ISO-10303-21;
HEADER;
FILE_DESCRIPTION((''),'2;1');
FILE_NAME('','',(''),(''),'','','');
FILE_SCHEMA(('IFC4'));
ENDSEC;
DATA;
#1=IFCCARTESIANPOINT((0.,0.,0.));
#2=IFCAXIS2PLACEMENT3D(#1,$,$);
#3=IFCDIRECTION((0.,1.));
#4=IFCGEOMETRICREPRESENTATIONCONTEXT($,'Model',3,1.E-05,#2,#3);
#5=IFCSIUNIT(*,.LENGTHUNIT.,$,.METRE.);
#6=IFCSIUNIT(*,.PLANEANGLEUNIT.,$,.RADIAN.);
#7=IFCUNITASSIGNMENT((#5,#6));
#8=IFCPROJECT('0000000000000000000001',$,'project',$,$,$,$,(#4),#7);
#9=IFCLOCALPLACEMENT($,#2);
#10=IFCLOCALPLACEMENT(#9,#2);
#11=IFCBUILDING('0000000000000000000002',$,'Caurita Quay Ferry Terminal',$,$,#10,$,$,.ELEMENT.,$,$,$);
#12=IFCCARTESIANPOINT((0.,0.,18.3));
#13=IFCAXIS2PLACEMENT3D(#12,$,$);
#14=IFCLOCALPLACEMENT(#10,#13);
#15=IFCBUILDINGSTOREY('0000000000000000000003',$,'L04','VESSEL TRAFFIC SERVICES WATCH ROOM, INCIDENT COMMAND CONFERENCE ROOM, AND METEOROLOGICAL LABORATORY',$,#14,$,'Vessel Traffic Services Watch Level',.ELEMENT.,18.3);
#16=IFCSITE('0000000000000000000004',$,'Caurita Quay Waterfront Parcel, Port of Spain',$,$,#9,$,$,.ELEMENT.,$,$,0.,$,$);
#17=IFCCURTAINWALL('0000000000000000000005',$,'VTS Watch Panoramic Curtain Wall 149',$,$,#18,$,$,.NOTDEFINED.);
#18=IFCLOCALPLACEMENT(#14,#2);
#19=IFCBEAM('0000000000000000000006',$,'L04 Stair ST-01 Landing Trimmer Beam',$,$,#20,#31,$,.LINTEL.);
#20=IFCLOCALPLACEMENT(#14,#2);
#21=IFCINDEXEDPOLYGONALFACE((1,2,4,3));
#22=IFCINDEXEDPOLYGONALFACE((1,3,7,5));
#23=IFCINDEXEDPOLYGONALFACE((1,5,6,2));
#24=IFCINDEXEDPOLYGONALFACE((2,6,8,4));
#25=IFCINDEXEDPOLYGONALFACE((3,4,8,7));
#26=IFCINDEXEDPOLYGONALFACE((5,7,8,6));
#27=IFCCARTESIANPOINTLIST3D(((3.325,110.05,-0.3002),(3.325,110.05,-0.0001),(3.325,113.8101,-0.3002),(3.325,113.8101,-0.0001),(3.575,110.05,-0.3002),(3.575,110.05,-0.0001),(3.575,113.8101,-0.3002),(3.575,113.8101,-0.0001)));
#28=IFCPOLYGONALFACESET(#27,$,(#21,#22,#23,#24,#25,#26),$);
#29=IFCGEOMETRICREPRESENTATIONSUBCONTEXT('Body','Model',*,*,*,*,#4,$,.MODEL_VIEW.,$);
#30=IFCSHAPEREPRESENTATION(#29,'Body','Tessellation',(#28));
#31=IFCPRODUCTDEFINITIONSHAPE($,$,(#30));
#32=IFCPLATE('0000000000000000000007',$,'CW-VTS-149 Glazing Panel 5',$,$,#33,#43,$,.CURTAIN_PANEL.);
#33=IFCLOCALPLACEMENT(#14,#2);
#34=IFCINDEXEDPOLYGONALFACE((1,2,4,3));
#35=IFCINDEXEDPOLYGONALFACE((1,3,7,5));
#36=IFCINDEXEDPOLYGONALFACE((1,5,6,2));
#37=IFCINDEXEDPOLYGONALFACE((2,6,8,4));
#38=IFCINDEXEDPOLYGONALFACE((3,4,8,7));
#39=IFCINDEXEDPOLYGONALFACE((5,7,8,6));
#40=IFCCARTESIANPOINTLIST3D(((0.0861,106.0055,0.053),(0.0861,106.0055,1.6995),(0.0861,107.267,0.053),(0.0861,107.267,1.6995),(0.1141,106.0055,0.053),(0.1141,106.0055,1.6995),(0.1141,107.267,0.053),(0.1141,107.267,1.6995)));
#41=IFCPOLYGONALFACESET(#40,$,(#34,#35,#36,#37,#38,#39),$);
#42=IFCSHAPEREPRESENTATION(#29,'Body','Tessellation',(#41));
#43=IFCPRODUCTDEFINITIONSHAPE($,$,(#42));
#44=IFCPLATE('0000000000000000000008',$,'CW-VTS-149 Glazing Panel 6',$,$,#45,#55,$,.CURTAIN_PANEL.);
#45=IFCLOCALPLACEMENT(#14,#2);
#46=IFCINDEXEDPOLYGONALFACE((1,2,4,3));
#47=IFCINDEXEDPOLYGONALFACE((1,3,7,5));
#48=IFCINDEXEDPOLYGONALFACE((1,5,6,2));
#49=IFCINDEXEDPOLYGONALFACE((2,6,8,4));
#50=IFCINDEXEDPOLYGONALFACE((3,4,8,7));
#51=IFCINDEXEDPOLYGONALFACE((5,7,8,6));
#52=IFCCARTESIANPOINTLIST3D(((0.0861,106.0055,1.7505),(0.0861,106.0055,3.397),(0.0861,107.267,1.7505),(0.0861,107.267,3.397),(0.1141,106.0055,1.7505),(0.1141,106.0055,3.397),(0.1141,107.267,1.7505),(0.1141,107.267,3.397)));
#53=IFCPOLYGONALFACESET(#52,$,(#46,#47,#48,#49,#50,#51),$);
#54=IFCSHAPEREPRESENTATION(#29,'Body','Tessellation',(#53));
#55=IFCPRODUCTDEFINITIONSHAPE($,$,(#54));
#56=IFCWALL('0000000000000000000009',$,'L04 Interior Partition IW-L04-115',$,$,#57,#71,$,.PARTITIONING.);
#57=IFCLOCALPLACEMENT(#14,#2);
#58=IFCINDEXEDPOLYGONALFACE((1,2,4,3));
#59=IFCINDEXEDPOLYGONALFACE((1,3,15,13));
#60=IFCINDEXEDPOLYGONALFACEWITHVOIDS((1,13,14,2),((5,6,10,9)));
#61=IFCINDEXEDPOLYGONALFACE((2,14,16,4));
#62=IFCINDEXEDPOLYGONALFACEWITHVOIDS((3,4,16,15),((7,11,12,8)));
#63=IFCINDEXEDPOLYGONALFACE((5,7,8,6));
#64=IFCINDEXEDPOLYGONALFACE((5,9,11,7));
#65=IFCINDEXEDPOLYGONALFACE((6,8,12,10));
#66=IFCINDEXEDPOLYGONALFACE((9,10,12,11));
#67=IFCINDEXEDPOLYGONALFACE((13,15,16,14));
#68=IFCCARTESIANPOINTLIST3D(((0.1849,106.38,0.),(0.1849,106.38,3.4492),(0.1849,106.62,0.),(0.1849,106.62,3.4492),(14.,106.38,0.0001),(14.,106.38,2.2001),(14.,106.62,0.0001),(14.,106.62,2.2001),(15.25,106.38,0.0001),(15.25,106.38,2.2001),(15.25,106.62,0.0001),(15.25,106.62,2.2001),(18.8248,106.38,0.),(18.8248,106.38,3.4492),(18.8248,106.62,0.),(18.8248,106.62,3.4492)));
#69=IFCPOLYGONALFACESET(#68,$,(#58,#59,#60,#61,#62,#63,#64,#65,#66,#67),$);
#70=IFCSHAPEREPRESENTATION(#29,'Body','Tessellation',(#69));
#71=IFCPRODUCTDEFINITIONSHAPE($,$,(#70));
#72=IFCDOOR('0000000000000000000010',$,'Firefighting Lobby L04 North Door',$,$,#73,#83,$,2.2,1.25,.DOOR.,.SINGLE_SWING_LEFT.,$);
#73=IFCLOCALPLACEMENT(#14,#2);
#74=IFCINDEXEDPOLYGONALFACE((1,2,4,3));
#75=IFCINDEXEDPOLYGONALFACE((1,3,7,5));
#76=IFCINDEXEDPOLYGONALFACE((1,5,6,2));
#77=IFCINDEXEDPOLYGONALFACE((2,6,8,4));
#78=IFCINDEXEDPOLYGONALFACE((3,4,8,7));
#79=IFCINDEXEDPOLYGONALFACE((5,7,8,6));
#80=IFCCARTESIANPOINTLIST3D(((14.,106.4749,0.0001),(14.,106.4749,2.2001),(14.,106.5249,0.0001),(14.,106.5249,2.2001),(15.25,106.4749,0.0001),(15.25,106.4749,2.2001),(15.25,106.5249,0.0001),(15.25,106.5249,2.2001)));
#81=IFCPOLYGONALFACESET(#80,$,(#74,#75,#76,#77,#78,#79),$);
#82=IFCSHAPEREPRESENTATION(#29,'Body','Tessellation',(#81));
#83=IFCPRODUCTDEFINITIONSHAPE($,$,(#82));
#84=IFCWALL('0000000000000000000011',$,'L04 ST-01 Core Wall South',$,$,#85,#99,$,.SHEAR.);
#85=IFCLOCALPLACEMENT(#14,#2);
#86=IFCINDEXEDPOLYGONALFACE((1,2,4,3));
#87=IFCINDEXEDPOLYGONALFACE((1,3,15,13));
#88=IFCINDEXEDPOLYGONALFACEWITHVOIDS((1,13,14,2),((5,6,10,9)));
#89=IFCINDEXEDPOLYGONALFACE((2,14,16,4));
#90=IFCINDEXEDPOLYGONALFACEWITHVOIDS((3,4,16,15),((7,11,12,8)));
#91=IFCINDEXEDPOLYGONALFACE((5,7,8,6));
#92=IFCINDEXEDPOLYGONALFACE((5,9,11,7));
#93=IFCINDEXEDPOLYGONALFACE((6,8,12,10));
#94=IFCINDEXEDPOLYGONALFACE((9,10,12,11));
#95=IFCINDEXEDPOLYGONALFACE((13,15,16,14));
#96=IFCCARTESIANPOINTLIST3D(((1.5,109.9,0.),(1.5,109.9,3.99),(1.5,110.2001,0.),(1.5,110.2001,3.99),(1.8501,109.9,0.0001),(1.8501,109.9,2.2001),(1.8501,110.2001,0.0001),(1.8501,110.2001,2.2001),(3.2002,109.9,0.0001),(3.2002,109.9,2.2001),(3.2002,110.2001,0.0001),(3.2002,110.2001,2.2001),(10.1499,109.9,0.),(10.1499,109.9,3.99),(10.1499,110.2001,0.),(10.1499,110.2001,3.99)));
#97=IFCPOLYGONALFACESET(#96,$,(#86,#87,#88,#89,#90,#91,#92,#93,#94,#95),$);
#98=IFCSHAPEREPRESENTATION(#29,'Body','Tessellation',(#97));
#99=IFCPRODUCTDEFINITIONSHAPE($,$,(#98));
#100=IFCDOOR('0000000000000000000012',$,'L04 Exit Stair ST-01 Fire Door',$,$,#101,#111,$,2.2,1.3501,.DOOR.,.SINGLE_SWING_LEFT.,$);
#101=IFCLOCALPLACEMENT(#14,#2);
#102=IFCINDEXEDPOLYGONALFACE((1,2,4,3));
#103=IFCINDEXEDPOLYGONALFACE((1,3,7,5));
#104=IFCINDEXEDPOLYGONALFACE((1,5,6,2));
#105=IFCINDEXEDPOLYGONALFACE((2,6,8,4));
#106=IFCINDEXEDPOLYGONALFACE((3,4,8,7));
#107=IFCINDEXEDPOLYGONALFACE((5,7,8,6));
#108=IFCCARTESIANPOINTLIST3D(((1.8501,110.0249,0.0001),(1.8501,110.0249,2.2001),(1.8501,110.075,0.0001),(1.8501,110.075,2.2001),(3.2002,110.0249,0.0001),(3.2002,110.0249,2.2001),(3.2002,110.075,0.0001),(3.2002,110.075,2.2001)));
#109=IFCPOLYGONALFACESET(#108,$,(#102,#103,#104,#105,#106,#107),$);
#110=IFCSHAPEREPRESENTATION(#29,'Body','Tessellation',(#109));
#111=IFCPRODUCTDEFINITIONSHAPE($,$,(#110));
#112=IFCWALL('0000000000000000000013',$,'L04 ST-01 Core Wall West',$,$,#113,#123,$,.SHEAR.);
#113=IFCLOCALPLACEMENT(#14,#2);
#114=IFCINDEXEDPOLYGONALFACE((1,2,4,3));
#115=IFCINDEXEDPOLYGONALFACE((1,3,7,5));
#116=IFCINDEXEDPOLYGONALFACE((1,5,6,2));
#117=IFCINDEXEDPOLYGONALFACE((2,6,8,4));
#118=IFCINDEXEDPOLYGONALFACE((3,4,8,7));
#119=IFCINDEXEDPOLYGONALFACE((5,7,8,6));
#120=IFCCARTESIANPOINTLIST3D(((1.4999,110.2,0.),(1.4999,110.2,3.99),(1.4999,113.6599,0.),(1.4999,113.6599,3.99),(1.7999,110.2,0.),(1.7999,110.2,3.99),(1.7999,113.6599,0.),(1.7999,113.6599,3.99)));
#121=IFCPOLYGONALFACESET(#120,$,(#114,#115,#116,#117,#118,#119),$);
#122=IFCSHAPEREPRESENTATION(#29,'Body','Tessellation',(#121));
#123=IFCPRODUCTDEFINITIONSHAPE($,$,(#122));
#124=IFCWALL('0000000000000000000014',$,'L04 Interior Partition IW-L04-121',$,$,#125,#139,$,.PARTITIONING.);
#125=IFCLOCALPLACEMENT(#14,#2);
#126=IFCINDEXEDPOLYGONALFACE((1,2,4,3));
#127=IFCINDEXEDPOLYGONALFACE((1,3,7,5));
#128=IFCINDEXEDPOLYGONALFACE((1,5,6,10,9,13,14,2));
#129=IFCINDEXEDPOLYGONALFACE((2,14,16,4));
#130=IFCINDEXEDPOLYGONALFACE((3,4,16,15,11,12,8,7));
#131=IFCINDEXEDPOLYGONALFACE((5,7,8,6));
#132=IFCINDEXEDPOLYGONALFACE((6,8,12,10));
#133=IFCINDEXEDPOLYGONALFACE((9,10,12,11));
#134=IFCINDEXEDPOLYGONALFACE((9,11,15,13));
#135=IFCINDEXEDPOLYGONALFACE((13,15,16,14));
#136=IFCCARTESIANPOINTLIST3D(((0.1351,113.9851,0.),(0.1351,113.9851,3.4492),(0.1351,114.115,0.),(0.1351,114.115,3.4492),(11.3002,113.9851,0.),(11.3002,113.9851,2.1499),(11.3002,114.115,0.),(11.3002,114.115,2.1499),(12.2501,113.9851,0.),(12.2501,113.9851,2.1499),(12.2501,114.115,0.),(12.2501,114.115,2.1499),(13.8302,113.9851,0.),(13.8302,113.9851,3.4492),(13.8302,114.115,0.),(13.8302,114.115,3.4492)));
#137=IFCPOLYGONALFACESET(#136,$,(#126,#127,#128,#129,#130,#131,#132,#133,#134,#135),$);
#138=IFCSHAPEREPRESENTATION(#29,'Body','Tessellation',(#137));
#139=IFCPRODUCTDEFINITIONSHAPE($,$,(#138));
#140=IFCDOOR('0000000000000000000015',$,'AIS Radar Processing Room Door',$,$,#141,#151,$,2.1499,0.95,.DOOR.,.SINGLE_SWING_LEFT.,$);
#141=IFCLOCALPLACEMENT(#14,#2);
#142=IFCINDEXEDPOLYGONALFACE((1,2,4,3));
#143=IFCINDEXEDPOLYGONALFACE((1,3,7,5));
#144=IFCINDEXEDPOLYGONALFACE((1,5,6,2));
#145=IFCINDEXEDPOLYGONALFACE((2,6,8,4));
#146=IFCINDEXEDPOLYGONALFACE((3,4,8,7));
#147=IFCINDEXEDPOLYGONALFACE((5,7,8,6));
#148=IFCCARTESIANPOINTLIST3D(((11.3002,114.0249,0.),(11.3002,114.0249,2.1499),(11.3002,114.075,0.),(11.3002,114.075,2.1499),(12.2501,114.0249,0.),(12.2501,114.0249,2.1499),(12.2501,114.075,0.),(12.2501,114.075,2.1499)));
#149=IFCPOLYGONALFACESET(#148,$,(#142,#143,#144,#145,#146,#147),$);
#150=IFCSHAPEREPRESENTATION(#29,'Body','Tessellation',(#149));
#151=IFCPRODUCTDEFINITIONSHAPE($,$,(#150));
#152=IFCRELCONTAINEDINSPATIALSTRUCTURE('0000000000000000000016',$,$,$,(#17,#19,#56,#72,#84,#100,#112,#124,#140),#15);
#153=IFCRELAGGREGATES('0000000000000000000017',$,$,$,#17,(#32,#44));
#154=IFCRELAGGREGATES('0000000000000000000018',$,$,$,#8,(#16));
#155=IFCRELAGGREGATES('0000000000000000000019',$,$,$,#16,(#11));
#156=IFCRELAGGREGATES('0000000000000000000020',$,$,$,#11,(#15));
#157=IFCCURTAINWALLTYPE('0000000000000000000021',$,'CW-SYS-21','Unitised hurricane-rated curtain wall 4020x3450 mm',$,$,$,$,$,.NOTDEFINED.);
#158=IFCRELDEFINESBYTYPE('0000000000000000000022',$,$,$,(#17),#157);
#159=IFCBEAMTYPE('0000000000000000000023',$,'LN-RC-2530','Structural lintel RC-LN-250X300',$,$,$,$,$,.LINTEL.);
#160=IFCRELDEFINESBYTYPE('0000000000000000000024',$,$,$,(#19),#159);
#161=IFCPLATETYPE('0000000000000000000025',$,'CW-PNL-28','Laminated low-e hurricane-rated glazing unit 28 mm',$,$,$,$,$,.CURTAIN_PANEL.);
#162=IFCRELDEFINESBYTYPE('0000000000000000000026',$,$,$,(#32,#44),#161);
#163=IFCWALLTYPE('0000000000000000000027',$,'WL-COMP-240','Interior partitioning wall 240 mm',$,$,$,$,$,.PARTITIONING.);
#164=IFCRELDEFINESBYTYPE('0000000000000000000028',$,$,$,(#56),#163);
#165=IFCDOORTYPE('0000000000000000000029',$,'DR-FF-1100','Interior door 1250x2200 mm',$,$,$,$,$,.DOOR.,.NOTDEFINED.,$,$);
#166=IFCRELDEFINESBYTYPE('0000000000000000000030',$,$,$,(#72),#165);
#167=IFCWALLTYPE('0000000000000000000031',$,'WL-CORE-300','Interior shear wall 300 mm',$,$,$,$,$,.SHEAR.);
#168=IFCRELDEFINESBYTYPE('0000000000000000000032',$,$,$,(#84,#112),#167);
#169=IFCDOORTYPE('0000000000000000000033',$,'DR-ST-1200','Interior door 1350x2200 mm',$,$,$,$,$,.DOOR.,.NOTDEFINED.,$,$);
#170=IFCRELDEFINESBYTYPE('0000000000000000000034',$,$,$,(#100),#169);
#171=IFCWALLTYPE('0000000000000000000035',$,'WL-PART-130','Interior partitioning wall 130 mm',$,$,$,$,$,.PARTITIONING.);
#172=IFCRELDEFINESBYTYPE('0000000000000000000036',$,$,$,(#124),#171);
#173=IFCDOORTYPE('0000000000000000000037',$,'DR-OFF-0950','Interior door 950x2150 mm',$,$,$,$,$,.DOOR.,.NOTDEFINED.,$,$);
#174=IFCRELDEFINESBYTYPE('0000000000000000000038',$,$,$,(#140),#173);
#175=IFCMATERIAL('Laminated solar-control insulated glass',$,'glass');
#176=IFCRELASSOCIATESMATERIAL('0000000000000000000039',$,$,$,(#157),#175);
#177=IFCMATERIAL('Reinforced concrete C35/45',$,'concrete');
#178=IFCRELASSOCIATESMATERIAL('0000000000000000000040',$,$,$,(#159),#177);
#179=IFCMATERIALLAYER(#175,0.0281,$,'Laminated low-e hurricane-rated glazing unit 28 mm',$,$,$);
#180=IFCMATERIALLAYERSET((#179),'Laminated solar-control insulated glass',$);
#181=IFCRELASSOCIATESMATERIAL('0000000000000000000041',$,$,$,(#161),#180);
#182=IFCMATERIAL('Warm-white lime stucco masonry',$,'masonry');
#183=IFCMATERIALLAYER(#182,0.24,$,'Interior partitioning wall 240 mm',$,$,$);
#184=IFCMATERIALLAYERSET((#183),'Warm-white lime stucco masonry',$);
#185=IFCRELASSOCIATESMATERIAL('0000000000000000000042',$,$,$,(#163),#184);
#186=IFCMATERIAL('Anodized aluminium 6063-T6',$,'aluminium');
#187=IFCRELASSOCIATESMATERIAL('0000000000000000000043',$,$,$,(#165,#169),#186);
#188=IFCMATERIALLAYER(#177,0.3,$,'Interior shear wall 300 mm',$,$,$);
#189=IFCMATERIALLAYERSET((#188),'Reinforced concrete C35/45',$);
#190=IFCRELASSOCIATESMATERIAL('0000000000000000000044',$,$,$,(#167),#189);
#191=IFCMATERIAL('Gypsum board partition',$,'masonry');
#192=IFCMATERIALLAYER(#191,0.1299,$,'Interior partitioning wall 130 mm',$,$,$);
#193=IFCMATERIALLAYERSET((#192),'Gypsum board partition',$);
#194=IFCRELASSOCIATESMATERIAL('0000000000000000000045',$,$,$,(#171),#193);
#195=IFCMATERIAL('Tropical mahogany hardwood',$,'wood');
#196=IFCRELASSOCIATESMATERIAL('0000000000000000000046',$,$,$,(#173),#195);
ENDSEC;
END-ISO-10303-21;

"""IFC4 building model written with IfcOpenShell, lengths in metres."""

from ifc_helpers import new_model, si_unit, direction, frame, frame_2d, origin, origin_2d, place, context, subcontext, project, spatial, rectangle, extrude, material, layer, layer_set, material_profile, profile_set, type_object, element, fill, aggregate, save


model = new_model("IFC4")

# Units and contexts
model_context = context("Model", 3, precision=1e-05, world=origin(), true_north=direction((0.0, 1.0)))
body_context = subcontext(model_context, "Body", "Model", "MODEL_VIEW")
ifc_project = project(units=[si_unit("LENGTHUNIT", "METRE"), si_unit("PLANEANGLEUNIT", "RADIAN")], contexts=[model_context])

# Site, building, storey
site_placement = place(None, origin())
site = spatial("IfcSite", under=ifc_project, at=site_placement, Name="Caurita Quay Waterfront Parcel, Port of Spain", CompositionType="ELEMENT", RefElevation=0.0)
building_placement = place(site_placement, origin())
building = spatial("IfcBuilding", under=site, at=building_placement, Name="Caurita Quay Ferry Terminal", CompositionType="ELEMENT")
storey_placement = place(building_placement, frame((0.0, 0.0, 18.3)))
storey = spatial("IfcBuildingStorey", under=building, at=storey_placement, Name="L04", Description="VESSEL TRAFFIC SERVICES WATCH ROOM, INCIDENT COMMAND CONFERENCE ROOM, AND METEOROLOGICAL LABORATORY", LongName="Vessel Traffic Services Watch Level", CompositionType="ELEMENT", Elevation=18.3)

# Curtain wall
ifc_material_1 = material(Name="Laminated solar-control insulated glass", Category="glass")
curtain_wall_type = type_object("IfcCurtainWallType", Name="CW-SYS-21", Description="Unitised hurricane-rated curtain wall 4020x3450 mm", PredefinedType="NOTDEFINED", material=ifc_material_1)
curtain_wall_placement = place(storey_placement, origin())
curtain_wall = element("IfcCurtainWall", 1, at=curtain_wall_placement, inside=storey, type_object=curtain_wall_type, Name="VTS Watch Panoramic Curtain Wall 149", PredefinedType="NOTDEFINED")
ifc_material_2 = material(Name="Anodized aluminium 6063-T6", Category="aluminium")

# Beam
ifc_material_3 = material(Name="Reinforced concrete C35/45", Category="concrete")
ifc_material_profile_1 = material_profile(ifc_material_3, rectangle(XDim=0.25, YDim=0.3, at=origin_2d()), Name="RC-LN-250X300")
ifc_profile_set_1 = profile_set([ifc_material_profile_1], Name="Reinforced concrete C35/45")
beam_type_1 = type_object("IfcBeamType", Name="LN-RC-2530", Description="Structural lintel RC-LN-250X300", PredefinedType="LINTEL", material=ifc_profile_set_1)
beam_placement = place(storey_placement, frame((3.45, 110.05, -0.1501), z_axis=(0.0, 1.0, 0.0), x_axis=(-1.0, 0.0, 0.0)))
element("IfcBeam", 2, at=beam_placement, inside=storey, type_object=beam_type_1, Name="L04 Stair ST-01 Landing Trimmer Beam", PredefinedType="LINTEL", context=body_context, shape_type="SweptSolid", body=[
    extrude(rectangle(XDim=0.25, YDim=0.3, at=origin_2d()), origin(), (0.0, 0.0, 1.0), 3.76),
])

# Plates
ifc_layer_1 = layer(ifc_material_1, 0.0281, Name="Laminated low-e hurricane-rated glazing unit 28 mm")
ifc_layer_set_1 = layer_set([ifc_layer_1], Name="Laminated solar-control insulated glass")
plate_type = type_object("IfcPlateType", Name="CW-PNL-28", Description="Laminated low-e hurricane-rated glazing unit 28 mm", PredefinedType="CURTAIN_PANEL", material=ifc_layer_set_1)
plate_1_placement = place(storey_placement, frame((0.1001, 106.6362, 0.053), z_axis=(0.0, 0.0, 1.0), x_axis=(0.0, 1.0, 0.0)))
plate_1 = element("IfcPlate", 3, at=plate_1_placement, type_object=plate_type, Name="CW-VTS-149 Glazing Panel 5", PredefinedType="CURTAIN_PANEL", context=body_context, shape_type="SweptSolid", body=[
    extrude(rectangle(XDim=1.2615, YDim=0.0281, at=origin_2d()), origin(), (0.0, 0.0, 1.0), 1.6465),
])
plate_2_placement = place(storey_placement, frame((0.1001, 106.6362, 1.7505), z_axis=(0.0, 0.0, 1.0), x_axis=(0.0, 1.0, 0.0)))
plate_2 = element("IfcPlate", 4, at=plate_2_placement, type_object=plate_type, Name="CW-VTS-149 Glazing Panel 6", PredefinedType="CURTAIN_PANEL", context=body_context, shape_type="SweptSolid", body=[
    extrude(rectangle(XDim=1.2615, YDim=0.0281, at=origin_2d()), origin(), (0.0, 0.0, 1.0), 1.6465),
])
aggregate(curtain_wall, [plate_1, plate_2])

# Walls, openings, doors
ifc_material_4 = material(Name="Warm-white lime stucco masonry", Category="masonry")
ifc_layer_2 = layer(ifc_material_4, 0.24, Name="Interior partitioning wall 240 mm")
ifc_layer_set_2 = layer_set([ifc_layer_2], Name="Warm-white lime stucco masonry")
wall_type_1 = type_object("IfcWallType", Name="WL-COMP-240", Description="Interior partitioning wall 240 mm", PredefinedType="PARTITIONING", material=ifc_layer_set_2)
wall_1_placement = place(storey_placement, frame((0.1851, 106.5, 0.0), z_axis=(0.0, 0.0, 1.0), x_axis=(1.0, 0.0, 0.0)))
wall_1 = element("IfcWall", 5, at=wall_1_placement, inside=storey, type_object=wall_type_1, Name="L04 Interior Partition IW-L04-115", PredefinedType="PARTITIONING", context=body_context, shape_type="SweptSolid", body=[
    extrude(rectangle(XDim=18.6399, YDim=0.24, at=frame_2d((9.3198, 0.0))), origin(), (0.0, 0.0, 1.0), 3.4492),
])
opening_1_placement = place(wall_1_placement, frame((13.8149, 0.0, 0.0)))
opening_1 = element("IfcOpeningElement", 6, at=opening_1_placement, cuts=wall_1, PredefinedType="OPENING", context=body_context, shape_type="SweptSolid", body=[
    extrude(rectangle(XDim=1.25, YDim=2.2, at=frame_2d((0.625, 1.1001))), frame((0.0, 0.1299, 0.0), z_axis=(0.0, -1.0, 0.0), x_axis=(1.0, 0.0, 0.0)), (0.0, 0.0, 1.0), 0.26),
])
door_type_1 = type_object("IfcDoorType", Name="DR-FF-1100", Description="Interior door 1250x2200 mm", OperationType="NOTDEFINED", PredefinedType="DOOR", material=ifc_material_2)
door_1_placement = place(opening_1_placement, origin())
door_1 = element("IfcDoor", 7, at=door_1_placement, inside=storey, type_object=door_type_1, Name="Firefighting Lobby L04 North Door", OperationType="SINGLE_SWING_LEFT", OverallHeight=2.2, OverallWidth=1.25, PredefinedType="DOOR", context=body_context, shape_type="SweptSolid", body=[
    extrude(rectangle(XDim=1.25, YDim=2.2, at=frame_2d((0.625, 1.1001))), frame((0.0, 0.0249, 0.0), z_axis=(0.0, -1.0, 0.0), x_axis=(1.0, 0.0, 0.0)), (0.0, 0.0, 1.0), 0.05),
])
fill(opening_1, door_1)
ifc_layer_3 = layer(ifc_material_3, 0.3, Name="Interior shear wall 300 mm")
ifc_layer_set_3 = layer_set([ifc_layer_3], Name="Reinforced concrete C35/45")
wall_type_2 = type_object("IfcWallType", Name="WL-CORE-300", Description="Interior shear wall 300 mm", PredefinedType="SHEAR", material=ifc_layer_set_3)
wall_2_placement = place(storey_placement, frame((1.5, 110.05, 0.0), z_axis=(0.0, 0.0, 1.0), x_axis=(1.0, 0.0, 0.0)))
wall_2 = element("IfcWall", 8, at=wall_2_placement, inside=storey, type_object=wall_type_2, Name="L04 ST-01 Core Wall South", PredefinedType="SHEAR", context=body_context, shape_type="SweptSolid", body=[
    extrude(rectangle(XDim=8.6499, YDim=0.3, at=frame_2d((4.325, 0.0))), origin(), (0.0, 0.0, 1.0), 3.99),
])
opening_2_placement = place(wall_2_placement, frame((0.3501, 0.0, 0.0)))
opening_2 = element("IfcOpeningElement", 9, at=opening_2_placement, cuts=wall_2, PredefinedType="OPENING", context=body_context, shape_type="SweptSolid", body=[
    extrude(rectangle(XDim=1.3501, YDim=2.2, at=frame_2d((0.675, 1.1001))), frame((0.0, 0.1599, 0.0), z_axis=(0.0, -1.0, 0.0), x_axis=(1.0, 0.0, 0.0)), (0.0, 0.0, 1.0), 0.3201),
])
door_type_2 = type_object("IfcDoorType", Name="DR-ST-1200", Description="Interior door 1350x2200 mm", OperationType="NOTDEFINED", PredefinedType="DOOR", material=ifc_material_2)
door_2_placement = place(opening_2_placement, origin())
door_2 = element("IfcDoor", 10, at=door_2_placement, inside=storey, type_object=door_type_2, Name="L04 Exit Stair ST-01 Fire Door", OperationType="SINGLE_SWING_LEFT", OverallHeight=2.2, OverallWidth=1.3501, PredefinedType="DOOR", context=body_context, shape_type="SweptSolid", body=[
    extrude(rectangle(XDim=1.3501, YDim=2.2, at=frame_2d((0.675, 1.1001))), frame((0.0, 0.0249, 0.0), z_axis=(0.0, -1.0, 0.0), x_axis=(1.0, 0.0, 0.0)), (0.0, 0.0, 1.0), 0.05),
])
fill(opening_2, door_2)

# Wall
wall_3_placement = place(storey_placement, frame((1.6499, 113.6599, 0.0), z_axis=(0.0, 0.0, 1.0), x_axis=(0.0, -1.0, 0.0)))
element("IfcWall", 11, at=wall_3_placement, inside=storey, type_object=wall_type_2, Name="L04 ST-01 Core Wall West", PredefinedType="SHEAR", context=body_context, shape_type="SweptSolid", body=[
    extrude(rectangle(XDim=3.46, YDim=0.3, at=frame_2d((1.73, 0.0))), origin(), (0.0, 0.0, 1.0), 3.99),
])

# Wall, opening, door
ifc_material_5 = material(Name="Gypsum board partition", Category="masonry")
ifc_layer_4 = layer(ifc_material_5, 0.1299, Name="Interior partitioning wall 130 mm")
ifc_layer_set_4 = layer_set([ifc_layer_4], Name="Gypsum board partition")
wall_type_3 = type_object("IfcWallType", Name="WL-PART-130", Description="Interior partitioning wall 130 mm", PredefinedType="PARTITIONING", material=ifc_layer_set_4)
wall_4_placement = place(storey_placement, frame((0.135, 114.05, 0.0), z_axis=(0.0, 0.0, 1.0), x_axis=(1.0, 0.0, 0.0)))
wall_4 = element("IfcWall", 12, at=wall_4_placement, inside=storey, type_object=wall_type_3, Name="L04 Interior Partition IW-L04-121", PredefinedType="PARTITIONING", context=body_context, shape_type="SweptSolid", body=[
    extrude(rectangle(XDim=13.6951, YDim=0.1299, at=frame_2d((6.8477, 0.0))), origin(), (0.0, 0.0, 1.0), 3.4492),
])
opening_3_placement = place(wall_4_placement, frame((11.165, 0.0, 0.0)))
opening_3 = element("IfcOpeningElement", 13, at=opening_3_placement, cuts=wall_4, PredefinedType="OPENING", context=body_context, shape_type="SweptSolid", body=[
    extrude(rectangle(XDim=0.95, YDim=2.1499, at=frame_2d((0.4751, 1.075))), frame((0.0, 0.075, 0.0), z_axis=(0.0, -1.0, 0.0), x_axis=(1.0, 0.0, 0.0)), (0.0, 0.0, 1.0), 0.1499),
])
ifc_material_6 = material(Name="Tropical mahogany hardwood", Category="wood")
door_type_3 = type_object("IfcDoorType", Name="DR-OFF-0950", Description="Interior door 950x2150 mm", OperationType="NOTDEFINED", PredefinedType="DOOR", material=ifc_material_6)
door_3_placement = place(opening_3_placement, origin())
door_3 = element("IfcDoor", 14, at=door_3_placement, inside=storey, type_object=door_type_3, Name="AIS Radar Processing Room Door", OperationType="SINGLE_SWING_LEFT", OverallHeight=2.1499, OverallWidth=0.95, PredefinedType="DOOR", context=body_context, shape_type="SweptSolid", body=[
    extrude(rectangle(XDim=0.95, YDim=2.1499, at=frame_2d((0.4751, 1.075))), frame((0.0, 0.0249, 0.0), z_axis=(0.0, -1.0, 0.0), x_axis=(1.0, 0.0, 0.0)), (0.0, 0.0, 1.0), 0.05),
])
fill(opening_3, door_3)

save(model, "model.ifc")
